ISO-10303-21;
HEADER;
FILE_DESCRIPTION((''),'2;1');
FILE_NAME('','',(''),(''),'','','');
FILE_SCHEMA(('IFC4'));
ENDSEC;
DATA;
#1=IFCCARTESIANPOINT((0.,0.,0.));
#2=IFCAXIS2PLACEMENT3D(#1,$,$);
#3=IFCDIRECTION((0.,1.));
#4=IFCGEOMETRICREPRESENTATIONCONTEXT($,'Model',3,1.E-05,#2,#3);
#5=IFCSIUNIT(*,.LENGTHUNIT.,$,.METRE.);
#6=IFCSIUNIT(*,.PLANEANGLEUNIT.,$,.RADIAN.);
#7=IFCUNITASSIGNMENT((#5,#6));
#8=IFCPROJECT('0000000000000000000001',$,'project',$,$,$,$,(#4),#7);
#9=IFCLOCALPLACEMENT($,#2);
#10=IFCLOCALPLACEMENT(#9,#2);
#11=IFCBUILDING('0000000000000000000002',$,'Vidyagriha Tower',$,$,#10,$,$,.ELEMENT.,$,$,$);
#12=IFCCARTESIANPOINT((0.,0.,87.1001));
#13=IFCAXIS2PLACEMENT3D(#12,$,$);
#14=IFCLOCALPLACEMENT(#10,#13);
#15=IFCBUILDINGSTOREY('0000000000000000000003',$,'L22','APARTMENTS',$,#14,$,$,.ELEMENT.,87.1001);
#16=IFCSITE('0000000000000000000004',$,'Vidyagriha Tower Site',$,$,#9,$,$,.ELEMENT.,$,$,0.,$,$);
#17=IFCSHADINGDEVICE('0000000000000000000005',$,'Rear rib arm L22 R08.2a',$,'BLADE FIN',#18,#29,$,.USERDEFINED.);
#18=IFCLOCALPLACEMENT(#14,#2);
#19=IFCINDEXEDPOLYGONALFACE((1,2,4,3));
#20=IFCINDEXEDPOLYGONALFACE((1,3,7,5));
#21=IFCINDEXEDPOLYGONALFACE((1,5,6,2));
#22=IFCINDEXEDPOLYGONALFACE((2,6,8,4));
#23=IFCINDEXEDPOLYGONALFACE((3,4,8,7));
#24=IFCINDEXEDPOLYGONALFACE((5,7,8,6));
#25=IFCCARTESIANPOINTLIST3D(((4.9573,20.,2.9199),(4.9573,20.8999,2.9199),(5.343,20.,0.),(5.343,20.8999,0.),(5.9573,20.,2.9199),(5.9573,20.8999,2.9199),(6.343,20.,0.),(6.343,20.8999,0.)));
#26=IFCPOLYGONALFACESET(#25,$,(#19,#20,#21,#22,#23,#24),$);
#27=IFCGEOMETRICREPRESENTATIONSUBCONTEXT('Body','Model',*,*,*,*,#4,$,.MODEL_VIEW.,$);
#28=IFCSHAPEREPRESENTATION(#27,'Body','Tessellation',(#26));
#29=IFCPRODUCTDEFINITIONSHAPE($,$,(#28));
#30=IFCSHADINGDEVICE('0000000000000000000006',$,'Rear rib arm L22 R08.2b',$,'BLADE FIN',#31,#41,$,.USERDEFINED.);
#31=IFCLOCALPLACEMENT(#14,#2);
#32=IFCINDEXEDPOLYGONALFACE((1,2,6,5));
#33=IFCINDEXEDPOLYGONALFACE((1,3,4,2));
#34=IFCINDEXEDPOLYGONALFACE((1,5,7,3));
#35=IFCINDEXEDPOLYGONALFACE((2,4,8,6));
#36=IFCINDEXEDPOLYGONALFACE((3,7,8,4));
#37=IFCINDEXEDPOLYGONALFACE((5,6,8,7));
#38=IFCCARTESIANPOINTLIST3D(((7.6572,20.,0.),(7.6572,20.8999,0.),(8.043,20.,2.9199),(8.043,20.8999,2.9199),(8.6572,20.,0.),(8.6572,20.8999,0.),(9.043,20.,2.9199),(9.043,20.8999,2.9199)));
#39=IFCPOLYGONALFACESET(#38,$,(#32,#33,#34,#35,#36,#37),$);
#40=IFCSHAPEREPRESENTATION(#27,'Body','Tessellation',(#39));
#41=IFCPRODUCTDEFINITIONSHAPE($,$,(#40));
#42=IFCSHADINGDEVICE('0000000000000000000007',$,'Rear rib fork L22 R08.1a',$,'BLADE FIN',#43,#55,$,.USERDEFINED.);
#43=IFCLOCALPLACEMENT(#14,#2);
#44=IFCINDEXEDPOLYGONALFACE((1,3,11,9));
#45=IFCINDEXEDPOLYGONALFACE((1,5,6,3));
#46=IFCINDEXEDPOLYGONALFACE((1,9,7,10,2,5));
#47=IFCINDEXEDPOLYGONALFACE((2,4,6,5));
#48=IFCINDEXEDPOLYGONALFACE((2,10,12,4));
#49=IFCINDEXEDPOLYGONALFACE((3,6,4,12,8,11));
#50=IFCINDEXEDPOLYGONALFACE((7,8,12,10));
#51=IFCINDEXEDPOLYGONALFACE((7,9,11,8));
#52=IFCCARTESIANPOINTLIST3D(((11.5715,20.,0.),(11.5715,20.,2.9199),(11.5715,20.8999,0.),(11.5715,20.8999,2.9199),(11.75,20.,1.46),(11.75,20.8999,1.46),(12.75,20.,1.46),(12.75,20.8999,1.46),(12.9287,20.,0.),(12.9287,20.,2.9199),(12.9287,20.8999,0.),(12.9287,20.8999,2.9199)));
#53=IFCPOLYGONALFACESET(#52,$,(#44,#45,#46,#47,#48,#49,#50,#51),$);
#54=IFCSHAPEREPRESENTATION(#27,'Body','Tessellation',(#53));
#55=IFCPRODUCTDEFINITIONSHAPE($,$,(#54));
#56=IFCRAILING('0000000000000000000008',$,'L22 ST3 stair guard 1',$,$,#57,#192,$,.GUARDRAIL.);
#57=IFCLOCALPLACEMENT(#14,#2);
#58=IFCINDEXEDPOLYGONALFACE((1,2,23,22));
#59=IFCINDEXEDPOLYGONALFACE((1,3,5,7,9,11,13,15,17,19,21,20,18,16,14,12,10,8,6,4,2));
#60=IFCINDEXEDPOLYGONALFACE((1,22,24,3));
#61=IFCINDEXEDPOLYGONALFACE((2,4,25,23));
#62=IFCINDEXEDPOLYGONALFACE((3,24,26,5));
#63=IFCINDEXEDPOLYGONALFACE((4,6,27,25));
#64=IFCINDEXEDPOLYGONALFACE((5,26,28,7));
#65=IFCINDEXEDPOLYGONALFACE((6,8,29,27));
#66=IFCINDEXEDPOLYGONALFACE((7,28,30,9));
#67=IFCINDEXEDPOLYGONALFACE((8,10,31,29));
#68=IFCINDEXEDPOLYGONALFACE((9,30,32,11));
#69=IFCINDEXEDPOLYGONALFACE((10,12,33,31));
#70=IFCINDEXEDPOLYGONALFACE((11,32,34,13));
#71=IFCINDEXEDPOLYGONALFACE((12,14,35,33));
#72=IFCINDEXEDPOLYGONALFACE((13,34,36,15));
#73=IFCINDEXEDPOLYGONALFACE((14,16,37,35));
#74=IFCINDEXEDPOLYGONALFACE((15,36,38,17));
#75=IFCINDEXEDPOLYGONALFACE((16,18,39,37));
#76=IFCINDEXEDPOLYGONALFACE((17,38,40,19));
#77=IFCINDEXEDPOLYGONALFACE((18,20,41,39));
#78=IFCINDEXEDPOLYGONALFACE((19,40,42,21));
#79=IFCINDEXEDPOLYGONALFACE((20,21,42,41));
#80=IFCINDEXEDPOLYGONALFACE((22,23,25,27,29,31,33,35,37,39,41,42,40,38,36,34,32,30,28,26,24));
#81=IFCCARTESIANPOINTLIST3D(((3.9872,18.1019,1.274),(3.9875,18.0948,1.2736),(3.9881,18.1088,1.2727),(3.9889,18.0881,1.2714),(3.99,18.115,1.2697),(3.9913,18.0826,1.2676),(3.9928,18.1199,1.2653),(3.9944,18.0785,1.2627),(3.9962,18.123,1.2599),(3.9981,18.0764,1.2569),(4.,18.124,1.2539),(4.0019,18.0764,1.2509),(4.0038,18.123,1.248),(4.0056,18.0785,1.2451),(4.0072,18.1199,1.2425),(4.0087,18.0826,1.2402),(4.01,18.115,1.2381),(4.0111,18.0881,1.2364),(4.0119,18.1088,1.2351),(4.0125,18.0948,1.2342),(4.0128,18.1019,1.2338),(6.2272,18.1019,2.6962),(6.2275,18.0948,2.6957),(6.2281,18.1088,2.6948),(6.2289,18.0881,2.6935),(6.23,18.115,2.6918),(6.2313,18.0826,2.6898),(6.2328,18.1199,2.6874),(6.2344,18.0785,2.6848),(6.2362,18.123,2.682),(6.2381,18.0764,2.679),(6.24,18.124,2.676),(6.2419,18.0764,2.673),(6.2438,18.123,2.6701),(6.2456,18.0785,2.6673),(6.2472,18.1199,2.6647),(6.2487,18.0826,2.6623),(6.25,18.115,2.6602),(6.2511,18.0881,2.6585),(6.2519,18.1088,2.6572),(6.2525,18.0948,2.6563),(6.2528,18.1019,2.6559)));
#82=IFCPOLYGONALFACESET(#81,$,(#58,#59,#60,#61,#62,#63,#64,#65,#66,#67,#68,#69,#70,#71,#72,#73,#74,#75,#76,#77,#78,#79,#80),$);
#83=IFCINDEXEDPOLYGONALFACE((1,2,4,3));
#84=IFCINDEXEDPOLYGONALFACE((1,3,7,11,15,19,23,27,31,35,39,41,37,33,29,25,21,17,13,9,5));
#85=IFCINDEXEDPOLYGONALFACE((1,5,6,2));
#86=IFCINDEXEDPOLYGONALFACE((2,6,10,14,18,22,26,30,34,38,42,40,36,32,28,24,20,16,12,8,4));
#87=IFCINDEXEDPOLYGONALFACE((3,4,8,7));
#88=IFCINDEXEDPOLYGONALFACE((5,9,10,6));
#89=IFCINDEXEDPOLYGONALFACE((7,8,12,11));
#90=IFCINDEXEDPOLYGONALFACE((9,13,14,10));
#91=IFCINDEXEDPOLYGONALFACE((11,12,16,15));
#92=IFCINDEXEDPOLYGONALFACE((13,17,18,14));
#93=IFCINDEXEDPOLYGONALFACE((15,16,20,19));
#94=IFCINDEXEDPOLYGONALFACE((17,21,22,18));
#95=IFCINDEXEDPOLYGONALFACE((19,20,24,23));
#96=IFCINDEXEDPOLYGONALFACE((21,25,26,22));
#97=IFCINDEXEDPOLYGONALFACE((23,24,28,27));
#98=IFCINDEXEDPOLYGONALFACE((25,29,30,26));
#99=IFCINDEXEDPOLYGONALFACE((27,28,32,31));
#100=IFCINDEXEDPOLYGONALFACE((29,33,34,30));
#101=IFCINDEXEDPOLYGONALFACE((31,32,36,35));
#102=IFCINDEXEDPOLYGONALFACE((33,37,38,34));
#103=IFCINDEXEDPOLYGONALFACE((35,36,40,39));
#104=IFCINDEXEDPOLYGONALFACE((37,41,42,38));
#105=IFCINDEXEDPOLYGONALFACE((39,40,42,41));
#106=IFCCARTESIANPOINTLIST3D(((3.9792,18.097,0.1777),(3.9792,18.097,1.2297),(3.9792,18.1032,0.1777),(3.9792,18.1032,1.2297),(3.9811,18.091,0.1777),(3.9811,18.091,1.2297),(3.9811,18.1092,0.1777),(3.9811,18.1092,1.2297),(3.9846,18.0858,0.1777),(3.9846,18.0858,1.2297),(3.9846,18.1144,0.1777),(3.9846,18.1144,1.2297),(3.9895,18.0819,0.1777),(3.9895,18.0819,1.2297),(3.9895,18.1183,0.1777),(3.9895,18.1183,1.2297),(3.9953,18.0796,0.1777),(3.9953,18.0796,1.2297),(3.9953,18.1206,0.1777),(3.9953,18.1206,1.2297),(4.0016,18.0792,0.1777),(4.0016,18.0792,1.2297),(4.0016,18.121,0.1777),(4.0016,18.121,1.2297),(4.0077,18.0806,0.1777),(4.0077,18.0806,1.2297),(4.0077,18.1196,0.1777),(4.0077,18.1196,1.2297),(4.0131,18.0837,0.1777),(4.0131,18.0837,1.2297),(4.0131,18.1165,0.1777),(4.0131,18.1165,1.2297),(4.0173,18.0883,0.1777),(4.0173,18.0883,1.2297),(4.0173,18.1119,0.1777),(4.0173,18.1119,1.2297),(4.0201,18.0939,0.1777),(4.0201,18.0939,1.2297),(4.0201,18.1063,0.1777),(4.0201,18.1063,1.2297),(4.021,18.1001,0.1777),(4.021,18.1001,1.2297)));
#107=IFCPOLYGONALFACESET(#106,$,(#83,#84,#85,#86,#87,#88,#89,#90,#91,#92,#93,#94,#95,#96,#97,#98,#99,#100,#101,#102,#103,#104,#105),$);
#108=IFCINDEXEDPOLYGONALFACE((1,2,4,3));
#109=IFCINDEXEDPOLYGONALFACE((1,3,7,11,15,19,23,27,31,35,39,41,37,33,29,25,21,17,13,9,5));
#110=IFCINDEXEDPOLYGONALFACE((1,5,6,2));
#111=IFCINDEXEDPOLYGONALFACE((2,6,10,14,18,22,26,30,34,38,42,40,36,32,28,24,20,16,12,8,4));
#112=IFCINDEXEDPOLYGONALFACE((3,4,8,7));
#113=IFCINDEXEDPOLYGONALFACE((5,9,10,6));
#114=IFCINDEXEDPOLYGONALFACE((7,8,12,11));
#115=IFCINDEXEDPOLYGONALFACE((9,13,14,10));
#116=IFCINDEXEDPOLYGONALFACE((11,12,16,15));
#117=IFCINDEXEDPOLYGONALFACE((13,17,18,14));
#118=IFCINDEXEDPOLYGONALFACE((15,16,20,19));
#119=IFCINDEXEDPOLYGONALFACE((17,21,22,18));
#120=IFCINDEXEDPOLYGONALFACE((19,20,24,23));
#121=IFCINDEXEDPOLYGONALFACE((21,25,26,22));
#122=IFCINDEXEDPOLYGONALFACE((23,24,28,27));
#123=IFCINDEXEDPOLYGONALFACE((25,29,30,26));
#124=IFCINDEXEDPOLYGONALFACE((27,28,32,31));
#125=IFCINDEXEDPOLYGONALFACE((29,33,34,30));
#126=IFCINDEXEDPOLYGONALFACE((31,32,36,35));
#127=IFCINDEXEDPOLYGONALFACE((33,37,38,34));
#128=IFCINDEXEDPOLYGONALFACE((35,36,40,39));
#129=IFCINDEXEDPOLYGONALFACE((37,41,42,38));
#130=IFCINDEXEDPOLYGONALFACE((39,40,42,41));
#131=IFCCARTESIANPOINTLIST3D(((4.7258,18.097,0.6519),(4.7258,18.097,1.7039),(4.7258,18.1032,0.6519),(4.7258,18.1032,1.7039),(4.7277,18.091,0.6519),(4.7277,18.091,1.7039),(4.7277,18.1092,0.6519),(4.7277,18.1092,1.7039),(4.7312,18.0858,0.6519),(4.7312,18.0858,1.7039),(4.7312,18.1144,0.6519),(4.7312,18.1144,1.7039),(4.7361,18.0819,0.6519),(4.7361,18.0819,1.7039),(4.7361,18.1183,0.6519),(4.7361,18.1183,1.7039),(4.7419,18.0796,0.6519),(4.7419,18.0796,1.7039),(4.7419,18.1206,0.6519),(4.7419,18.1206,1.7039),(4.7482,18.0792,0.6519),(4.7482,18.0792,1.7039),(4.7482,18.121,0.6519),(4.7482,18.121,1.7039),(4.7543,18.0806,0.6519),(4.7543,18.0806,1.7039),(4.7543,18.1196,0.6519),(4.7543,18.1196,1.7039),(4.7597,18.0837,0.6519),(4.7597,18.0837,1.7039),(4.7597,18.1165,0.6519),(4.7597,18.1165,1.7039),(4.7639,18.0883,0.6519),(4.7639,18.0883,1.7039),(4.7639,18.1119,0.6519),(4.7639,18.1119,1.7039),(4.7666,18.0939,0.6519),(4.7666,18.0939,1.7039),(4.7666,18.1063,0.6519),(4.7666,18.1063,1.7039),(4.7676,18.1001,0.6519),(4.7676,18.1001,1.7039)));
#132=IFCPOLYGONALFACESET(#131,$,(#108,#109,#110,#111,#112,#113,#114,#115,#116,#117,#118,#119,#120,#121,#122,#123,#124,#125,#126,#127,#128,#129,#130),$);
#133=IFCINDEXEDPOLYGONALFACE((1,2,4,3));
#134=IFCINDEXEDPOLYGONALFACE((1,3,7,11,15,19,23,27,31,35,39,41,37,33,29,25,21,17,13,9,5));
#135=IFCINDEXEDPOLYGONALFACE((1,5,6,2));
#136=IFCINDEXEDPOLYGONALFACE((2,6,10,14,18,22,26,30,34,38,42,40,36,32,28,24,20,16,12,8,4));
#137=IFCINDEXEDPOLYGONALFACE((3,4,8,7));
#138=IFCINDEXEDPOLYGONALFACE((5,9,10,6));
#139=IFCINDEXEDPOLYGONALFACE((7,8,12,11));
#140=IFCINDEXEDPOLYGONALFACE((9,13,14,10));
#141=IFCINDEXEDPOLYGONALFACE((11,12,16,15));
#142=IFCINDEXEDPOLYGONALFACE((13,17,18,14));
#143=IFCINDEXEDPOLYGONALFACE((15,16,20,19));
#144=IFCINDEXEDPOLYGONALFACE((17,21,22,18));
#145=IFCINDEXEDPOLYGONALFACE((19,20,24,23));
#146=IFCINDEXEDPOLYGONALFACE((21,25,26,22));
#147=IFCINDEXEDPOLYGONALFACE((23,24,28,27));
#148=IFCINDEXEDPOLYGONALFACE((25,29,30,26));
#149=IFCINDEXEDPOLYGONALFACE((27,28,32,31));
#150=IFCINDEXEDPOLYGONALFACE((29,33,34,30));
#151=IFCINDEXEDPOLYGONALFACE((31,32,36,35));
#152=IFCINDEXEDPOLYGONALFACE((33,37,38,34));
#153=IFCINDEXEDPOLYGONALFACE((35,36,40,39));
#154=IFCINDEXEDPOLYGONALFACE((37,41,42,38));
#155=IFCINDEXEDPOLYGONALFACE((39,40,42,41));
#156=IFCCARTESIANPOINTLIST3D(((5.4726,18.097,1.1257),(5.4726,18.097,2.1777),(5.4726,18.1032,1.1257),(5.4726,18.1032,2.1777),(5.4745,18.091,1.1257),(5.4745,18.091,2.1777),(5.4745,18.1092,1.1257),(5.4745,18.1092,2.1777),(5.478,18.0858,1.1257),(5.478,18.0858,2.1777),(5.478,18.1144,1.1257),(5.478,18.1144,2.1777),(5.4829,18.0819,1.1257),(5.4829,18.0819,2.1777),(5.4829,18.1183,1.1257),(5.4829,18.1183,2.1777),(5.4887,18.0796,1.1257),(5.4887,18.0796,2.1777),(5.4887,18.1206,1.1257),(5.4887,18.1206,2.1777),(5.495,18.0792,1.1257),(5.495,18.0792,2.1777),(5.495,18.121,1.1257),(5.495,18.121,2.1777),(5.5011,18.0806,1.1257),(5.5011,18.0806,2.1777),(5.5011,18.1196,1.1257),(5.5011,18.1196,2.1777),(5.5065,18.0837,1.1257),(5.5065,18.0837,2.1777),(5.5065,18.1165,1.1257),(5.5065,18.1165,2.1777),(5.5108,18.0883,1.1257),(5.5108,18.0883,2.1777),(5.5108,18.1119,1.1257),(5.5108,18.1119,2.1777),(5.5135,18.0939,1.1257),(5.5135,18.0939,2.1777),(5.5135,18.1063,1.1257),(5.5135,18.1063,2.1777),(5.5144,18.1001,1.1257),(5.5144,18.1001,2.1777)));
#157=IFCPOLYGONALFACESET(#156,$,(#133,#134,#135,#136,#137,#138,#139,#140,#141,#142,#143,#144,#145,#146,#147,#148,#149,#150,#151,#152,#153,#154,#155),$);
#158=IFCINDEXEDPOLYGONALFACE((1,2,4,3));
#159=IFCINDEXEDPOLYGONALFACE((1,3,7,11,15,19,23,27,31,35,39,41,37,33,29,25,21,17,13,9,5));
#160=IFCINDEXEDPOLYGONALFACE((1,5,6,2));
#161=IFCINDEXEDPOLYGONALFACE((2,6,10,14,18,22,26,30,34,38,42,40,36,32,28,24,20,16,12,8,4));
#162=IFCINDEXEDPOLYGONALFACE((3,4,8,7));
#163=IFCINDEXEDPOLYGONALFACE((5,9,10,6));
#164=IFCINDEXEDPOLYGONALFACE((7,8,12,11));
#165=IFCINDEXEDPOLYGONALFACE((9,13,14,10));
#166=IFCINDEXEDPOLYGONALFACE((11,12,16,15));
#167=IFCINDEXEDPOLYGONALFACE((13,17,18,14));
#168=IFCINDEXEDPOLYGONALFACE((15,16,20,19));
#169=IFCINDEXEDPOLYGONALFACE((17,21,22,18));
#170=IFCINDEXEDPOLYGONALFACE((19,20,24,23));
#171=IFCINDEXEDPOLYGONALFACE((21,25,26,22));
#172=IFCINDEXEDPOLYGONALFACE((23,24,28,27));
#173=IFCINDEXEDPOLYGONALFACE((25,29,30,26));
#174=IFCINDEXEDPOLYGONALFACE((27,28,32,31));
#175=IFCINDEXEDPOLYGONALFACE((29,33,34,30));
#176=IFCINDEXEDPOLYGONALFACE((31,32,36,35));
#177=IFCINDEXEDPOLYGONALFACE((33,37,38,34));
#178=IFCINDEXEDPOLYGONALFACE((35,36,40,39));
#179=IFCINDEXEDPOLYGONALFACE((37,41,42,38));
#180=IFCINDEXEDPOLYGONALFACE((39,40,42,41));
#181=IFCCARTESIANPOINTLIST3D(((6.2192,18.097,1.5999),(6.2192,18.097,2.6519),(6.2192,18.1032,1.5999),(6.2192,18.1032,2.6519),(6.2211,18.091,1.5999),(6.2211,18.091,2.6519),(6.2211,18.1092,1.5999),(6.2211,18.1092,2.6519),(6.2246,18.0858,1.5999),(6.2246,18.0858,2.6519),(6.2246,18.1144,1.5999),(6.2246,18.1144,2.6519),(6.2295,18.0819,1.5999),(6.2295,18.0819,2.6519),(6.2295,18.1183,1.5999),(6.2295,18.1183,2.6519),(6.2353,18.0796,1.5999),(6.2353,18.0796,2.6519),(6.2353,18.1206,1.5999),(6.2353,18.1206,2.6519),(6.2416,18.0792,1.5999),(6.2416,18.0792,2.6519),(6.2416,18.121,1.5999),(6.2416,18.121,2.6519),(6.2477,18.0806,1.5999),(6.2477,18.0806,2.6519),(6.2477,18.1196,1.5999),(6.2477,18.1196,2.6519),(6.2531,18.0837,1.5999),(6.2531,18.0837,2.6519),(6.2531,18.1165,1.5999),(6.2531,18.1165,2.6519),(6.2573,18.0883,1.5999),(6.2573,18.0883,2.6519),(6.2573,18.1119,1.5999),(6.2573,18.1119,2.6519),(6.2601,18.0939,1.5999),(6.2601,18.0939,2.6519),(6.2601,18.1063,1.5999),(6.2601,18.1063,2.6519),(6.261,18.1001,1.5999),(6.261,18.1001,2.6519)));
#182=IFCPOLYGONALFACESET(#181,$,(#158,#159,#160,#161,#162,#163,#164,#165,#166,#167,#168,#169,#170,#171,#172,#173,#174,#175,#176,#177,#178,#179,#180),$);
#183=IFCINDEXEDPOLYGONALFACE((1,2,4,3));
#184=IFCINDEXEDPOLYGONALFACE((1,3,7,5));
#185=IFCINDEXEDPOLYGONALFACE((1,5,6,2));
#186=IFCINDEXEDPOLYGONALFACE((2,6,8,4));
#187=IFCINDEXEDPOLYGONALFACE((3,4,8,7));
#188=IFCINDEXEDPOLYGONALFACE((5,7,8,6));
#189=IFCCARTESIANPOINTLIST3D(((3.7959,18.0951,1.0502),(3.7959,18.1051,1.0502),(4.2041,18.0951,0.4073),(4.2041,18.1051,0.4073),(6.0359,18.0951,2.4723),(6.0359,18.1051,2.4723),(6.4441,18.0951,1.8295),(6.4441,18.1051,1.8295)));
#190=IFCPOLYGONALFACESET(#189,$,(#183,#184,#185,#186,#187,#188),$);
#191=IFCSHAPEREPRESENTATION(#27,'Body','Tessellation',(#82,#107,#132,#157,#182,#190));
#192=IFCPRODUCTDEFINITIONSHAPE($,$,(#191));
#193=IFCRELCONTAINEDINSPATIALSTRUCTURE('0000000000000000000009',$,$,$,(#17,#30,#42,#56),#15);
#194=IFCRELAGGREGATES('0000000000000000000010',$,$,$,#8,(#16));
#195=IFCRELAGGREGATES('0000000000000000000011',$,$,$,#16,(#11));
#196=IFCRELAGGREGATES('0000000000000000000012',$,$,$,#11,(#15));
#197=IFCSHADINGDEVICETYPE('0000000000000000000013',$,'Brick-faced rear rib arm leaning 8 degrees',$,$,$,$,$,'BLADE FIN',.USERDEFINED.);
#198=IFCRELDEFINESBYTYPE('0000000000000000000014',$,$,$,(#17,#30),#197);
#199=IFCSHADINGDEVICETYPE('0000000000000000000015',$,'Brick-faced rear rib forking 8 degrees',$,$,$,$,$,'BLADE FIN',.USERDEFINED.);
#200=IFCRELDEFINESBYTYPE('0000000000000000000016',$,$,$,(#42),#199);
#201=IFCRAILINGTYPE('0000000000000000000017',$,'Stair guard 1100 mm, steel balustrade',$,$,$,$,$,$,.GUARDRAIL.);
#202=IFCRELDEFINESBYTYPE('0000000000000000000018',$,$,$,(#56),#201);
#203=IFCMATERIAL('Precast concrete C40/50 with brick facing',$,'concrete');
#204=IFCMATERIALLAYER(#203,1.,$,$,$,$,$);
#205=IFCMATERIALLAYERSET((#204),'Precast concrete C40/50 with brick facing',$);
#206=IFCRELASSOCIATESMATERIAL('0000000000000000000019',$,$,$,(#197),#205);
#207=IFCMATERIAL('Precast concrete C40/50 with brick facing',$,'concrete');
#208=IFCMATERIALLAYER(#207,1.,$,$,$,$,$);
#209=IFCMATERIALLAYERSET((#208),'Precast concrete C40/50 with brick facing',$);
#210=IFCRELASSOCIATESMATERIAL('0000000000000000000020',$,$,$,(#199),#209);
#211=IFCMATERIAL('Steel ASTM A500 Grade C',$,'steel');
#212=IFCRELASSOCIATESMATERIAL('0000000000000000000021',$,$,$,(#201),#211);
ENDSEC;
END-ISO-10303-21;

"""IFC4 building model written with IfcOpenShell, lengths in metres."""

from ifc_helpers import new_model, si_unit, direction, frame, origin, origin_2d, place, context, subcontext, project, spatial, polyline, rectangle, circle, outline, extrude, material, layer, layer_set, type_object, element, save


model = new_model("IFC4")

# Units and contexts
model_context = context("Model", 3, precision=1e-05, world=origin(), true_north=direction((0.0, 1.0)))
body_context = subcontext(model_context, "Body", "Model", "MODEL_VIEW")
ifc_project = project(units=[si_unit("LENGTHUNIT", "METRE"), si_unit("PLANEANGLEUNIT", "RADIAN")], contexts=[model_context])

# Site, building, storey
site_placement = place(None, origin())
site = spatial("IfcSite", under=ifc_project, at=site_placement, Name="Vidyagriha Tower Site", CompositionType="ELEMENT", RefElevation=0.0)
building_placement = place(site_placement, origin())
building = spatial("IfcBuilding", under=site, at=building_placement, Name="Vidyagriha Tower", CompositionType="ELEMENT")
storey_placement = place(building_placement, frame((0.0, 0.0, 87.1001)))
storey = spatial("IfcBuildingStorey", under=building, at=storey_placement, Name="L22", Description="APARTMENTS", CompositionType="ELEMENT", Elevation=87.1001)

# Shading devices
ifc_material_1 = material(Name="Precast concrete C40/50 with brick facing", Category="concrete")
ifc_layer_1 = layer(ifc_material_1, 1.0)
ifc_layer_set_1 = layer_set([ifc_layer_1], Name="Precast concrete C40/50 with brick facing")
shading_device_type_1 = type_object("IfcShadingDeviceType", Name="Brick-faced rear rib arm leaning 8 degrees", ElementType="BLADE FIN", PredefinedType="USERDEFINED", material=ifc_layer_set_1)
shading_device_1_placement = place(storey_placement, frame((6.343, 20.45, 0.0), z_axis=(0.0, 0.0, 1.0), x_axis=(-1.0, 0.0, 0.0)))
element("IfcShadingDevice", 1, at=shading_device_1_placement, inside=storey, type_object=shading_device_type_1, Name="Rear rib arm L22 R08.2a", ObjectType="BLADE FIN", PredefinedType="USERDEFINED", context=body_context, shape_type="SweptSolid", body=[
    extrude(outline(polyline([(0.0, 0.0), (1.0, 0.0), (1.3857, 2.9199), (0.3857, 2.9199), (0.0, 0.0)])), frame((0.0, 0.45, 0.0), z_axis=(0.0, -1.0, 0.0), x_axis=(1.0, 0.0, 0.0)), (0.0, 0.0, 1.0), 0.8999),
])
shading_device_2_placement = place(storey_placement, frame((9.043, 20.45, 0.0), z_axis=(0.0, 0.0, 1.0), x_axis=(-1.0, 0.0, 0.0)))
element("IfcShadingDevice", 2, at=shading_device_2_placement, inside=storey, type_object=shading_device_type_1, Name="Rear rib arm L22 R08.2b", ObjectType="BLADE FIN", PredefinedType="USERDEFINED", context=body_context, shape_type="SweptSolid", body=[
    extrude(outline(polyline([(0.3857, 0.0), (1.3857, 0.0), (1.0, 2.9199), (0.0, 2.9199), (0.3857, 0.0)])), frame((0.0, 0.45, 0.0), z_axis=(0.0, -1.0, 0.0), x_axis=(1.0, 0.0, 0.0)), (0.0, 0.0, 1.0), 0.8999),
])
ifc_material_2 = material(Name="Precast concrete C40/50 with brick facing", Category="concrete")
ifc_layer_2 = layer(ifc_material_2, 1.0)
ifc_layer_set_2 = layer_set([ifc_layer_2], Name="Precast concrete C40/50 with brick facing")
shading_device_type_2 = type_object("IfcShadingDeviceType", Name="Brick-faced rear rib forking 8 degrees", ElementType="BLADE FIN", PredefinedType="USERDEFINED", material=ifc_layer_set_2)
shading_device_3_placement = place(storey_placement, frame((12.9287, 20.45, 0.0), z_axis=(0.0, 0.0, 1.0), x_axis=(-1.0, 0.0, 0.0)))
element("IfcShadingDevice", 3, at=shading_device_3_placement, inside=storey, type_object=shading_device_type_2, Name="Rear rib fork L22 R08.1a", ObjectType="BLADE FIN", PredefinedType="USERDEFINED", context=body_context, shape_type="SweptSolid", body=[
    extrude(outline(polyline([(0.0, 0.0), (1.3572, 0.0), (1.1787, 1.46), (1.3572, 2.9199), (0.0, 2.9199), (0.1787, 1.46), (0.0, 0.0)])), frame((0.0, 0.45, 0.0), z_axis=(0.0, -1.0, 0.0), x_axis=(1.0, 0.0, 0.0)), (0.0, 0.0, 1.0), 0.8999),
])

# Railing
ifc_material_3 = material(Name="Steel ASTM A500 Grade C", Category="steel")
railing_type_1 = type_object("IfcRailingType", Name="Stair guard 1100 mm, steel balustrade", PredefinedType="GUARDRAIL", material=ifc_material_3)
railing_1_placement = place(storey_placement, frame((4.0, 18.1001, 0.1777)))
element("IfcRailing", 4, at=railing_1_placement, inside=storey, type_object=railing_type_1, Name="L22 ST3 stair guard 1", PredefinedType="GUARDRAIL", context=body_context, shape_type="SweptSolid", body=[
    extrude(circle(Radius=0.0239, at=origin_2d()), frame((0.0, 0.0, 1.0762), z_axis=(0.844229, 0.0, 0.535982), x_axis=(0.0, 1.0, 0.0)), (0.0, 0.0, 1.0), 2.6533),
    extrude(circle(Radius=0.021, at=origin_2d()), origin(), (0.0, 0.0, 1.0), 1.052),
    extrude(circle(Radius=0.021, at=origin_2d()), frame((0.7466, 0.0, 0.4741)), (0.0, 0.0, 1.0), 1.052),
    extrude(circle(Radius=0.021, at=origin_2d()), frame((1.4934, 0.0, 0.948)), (0.0, 0.0, 1.0), 1.052),
    extrude(circle(Radius=0.021, at=origin_2d()), frame((2.24, 0.0, 1.4221)), (0.0, 0.0, 1.0), 1.052),
    extrude(rectangle(XDim=0.01, YDim=0.7615, at=origin_2d()), frame((0.0, 0.0, 0.551), z_axis=(0.844229, 0.0, 0.535982), x_axis=(0.0, 1.0, 0.0)), (0.0, 0.0, 1.0), 2.6533),
])

save(model, "model.ifc")
